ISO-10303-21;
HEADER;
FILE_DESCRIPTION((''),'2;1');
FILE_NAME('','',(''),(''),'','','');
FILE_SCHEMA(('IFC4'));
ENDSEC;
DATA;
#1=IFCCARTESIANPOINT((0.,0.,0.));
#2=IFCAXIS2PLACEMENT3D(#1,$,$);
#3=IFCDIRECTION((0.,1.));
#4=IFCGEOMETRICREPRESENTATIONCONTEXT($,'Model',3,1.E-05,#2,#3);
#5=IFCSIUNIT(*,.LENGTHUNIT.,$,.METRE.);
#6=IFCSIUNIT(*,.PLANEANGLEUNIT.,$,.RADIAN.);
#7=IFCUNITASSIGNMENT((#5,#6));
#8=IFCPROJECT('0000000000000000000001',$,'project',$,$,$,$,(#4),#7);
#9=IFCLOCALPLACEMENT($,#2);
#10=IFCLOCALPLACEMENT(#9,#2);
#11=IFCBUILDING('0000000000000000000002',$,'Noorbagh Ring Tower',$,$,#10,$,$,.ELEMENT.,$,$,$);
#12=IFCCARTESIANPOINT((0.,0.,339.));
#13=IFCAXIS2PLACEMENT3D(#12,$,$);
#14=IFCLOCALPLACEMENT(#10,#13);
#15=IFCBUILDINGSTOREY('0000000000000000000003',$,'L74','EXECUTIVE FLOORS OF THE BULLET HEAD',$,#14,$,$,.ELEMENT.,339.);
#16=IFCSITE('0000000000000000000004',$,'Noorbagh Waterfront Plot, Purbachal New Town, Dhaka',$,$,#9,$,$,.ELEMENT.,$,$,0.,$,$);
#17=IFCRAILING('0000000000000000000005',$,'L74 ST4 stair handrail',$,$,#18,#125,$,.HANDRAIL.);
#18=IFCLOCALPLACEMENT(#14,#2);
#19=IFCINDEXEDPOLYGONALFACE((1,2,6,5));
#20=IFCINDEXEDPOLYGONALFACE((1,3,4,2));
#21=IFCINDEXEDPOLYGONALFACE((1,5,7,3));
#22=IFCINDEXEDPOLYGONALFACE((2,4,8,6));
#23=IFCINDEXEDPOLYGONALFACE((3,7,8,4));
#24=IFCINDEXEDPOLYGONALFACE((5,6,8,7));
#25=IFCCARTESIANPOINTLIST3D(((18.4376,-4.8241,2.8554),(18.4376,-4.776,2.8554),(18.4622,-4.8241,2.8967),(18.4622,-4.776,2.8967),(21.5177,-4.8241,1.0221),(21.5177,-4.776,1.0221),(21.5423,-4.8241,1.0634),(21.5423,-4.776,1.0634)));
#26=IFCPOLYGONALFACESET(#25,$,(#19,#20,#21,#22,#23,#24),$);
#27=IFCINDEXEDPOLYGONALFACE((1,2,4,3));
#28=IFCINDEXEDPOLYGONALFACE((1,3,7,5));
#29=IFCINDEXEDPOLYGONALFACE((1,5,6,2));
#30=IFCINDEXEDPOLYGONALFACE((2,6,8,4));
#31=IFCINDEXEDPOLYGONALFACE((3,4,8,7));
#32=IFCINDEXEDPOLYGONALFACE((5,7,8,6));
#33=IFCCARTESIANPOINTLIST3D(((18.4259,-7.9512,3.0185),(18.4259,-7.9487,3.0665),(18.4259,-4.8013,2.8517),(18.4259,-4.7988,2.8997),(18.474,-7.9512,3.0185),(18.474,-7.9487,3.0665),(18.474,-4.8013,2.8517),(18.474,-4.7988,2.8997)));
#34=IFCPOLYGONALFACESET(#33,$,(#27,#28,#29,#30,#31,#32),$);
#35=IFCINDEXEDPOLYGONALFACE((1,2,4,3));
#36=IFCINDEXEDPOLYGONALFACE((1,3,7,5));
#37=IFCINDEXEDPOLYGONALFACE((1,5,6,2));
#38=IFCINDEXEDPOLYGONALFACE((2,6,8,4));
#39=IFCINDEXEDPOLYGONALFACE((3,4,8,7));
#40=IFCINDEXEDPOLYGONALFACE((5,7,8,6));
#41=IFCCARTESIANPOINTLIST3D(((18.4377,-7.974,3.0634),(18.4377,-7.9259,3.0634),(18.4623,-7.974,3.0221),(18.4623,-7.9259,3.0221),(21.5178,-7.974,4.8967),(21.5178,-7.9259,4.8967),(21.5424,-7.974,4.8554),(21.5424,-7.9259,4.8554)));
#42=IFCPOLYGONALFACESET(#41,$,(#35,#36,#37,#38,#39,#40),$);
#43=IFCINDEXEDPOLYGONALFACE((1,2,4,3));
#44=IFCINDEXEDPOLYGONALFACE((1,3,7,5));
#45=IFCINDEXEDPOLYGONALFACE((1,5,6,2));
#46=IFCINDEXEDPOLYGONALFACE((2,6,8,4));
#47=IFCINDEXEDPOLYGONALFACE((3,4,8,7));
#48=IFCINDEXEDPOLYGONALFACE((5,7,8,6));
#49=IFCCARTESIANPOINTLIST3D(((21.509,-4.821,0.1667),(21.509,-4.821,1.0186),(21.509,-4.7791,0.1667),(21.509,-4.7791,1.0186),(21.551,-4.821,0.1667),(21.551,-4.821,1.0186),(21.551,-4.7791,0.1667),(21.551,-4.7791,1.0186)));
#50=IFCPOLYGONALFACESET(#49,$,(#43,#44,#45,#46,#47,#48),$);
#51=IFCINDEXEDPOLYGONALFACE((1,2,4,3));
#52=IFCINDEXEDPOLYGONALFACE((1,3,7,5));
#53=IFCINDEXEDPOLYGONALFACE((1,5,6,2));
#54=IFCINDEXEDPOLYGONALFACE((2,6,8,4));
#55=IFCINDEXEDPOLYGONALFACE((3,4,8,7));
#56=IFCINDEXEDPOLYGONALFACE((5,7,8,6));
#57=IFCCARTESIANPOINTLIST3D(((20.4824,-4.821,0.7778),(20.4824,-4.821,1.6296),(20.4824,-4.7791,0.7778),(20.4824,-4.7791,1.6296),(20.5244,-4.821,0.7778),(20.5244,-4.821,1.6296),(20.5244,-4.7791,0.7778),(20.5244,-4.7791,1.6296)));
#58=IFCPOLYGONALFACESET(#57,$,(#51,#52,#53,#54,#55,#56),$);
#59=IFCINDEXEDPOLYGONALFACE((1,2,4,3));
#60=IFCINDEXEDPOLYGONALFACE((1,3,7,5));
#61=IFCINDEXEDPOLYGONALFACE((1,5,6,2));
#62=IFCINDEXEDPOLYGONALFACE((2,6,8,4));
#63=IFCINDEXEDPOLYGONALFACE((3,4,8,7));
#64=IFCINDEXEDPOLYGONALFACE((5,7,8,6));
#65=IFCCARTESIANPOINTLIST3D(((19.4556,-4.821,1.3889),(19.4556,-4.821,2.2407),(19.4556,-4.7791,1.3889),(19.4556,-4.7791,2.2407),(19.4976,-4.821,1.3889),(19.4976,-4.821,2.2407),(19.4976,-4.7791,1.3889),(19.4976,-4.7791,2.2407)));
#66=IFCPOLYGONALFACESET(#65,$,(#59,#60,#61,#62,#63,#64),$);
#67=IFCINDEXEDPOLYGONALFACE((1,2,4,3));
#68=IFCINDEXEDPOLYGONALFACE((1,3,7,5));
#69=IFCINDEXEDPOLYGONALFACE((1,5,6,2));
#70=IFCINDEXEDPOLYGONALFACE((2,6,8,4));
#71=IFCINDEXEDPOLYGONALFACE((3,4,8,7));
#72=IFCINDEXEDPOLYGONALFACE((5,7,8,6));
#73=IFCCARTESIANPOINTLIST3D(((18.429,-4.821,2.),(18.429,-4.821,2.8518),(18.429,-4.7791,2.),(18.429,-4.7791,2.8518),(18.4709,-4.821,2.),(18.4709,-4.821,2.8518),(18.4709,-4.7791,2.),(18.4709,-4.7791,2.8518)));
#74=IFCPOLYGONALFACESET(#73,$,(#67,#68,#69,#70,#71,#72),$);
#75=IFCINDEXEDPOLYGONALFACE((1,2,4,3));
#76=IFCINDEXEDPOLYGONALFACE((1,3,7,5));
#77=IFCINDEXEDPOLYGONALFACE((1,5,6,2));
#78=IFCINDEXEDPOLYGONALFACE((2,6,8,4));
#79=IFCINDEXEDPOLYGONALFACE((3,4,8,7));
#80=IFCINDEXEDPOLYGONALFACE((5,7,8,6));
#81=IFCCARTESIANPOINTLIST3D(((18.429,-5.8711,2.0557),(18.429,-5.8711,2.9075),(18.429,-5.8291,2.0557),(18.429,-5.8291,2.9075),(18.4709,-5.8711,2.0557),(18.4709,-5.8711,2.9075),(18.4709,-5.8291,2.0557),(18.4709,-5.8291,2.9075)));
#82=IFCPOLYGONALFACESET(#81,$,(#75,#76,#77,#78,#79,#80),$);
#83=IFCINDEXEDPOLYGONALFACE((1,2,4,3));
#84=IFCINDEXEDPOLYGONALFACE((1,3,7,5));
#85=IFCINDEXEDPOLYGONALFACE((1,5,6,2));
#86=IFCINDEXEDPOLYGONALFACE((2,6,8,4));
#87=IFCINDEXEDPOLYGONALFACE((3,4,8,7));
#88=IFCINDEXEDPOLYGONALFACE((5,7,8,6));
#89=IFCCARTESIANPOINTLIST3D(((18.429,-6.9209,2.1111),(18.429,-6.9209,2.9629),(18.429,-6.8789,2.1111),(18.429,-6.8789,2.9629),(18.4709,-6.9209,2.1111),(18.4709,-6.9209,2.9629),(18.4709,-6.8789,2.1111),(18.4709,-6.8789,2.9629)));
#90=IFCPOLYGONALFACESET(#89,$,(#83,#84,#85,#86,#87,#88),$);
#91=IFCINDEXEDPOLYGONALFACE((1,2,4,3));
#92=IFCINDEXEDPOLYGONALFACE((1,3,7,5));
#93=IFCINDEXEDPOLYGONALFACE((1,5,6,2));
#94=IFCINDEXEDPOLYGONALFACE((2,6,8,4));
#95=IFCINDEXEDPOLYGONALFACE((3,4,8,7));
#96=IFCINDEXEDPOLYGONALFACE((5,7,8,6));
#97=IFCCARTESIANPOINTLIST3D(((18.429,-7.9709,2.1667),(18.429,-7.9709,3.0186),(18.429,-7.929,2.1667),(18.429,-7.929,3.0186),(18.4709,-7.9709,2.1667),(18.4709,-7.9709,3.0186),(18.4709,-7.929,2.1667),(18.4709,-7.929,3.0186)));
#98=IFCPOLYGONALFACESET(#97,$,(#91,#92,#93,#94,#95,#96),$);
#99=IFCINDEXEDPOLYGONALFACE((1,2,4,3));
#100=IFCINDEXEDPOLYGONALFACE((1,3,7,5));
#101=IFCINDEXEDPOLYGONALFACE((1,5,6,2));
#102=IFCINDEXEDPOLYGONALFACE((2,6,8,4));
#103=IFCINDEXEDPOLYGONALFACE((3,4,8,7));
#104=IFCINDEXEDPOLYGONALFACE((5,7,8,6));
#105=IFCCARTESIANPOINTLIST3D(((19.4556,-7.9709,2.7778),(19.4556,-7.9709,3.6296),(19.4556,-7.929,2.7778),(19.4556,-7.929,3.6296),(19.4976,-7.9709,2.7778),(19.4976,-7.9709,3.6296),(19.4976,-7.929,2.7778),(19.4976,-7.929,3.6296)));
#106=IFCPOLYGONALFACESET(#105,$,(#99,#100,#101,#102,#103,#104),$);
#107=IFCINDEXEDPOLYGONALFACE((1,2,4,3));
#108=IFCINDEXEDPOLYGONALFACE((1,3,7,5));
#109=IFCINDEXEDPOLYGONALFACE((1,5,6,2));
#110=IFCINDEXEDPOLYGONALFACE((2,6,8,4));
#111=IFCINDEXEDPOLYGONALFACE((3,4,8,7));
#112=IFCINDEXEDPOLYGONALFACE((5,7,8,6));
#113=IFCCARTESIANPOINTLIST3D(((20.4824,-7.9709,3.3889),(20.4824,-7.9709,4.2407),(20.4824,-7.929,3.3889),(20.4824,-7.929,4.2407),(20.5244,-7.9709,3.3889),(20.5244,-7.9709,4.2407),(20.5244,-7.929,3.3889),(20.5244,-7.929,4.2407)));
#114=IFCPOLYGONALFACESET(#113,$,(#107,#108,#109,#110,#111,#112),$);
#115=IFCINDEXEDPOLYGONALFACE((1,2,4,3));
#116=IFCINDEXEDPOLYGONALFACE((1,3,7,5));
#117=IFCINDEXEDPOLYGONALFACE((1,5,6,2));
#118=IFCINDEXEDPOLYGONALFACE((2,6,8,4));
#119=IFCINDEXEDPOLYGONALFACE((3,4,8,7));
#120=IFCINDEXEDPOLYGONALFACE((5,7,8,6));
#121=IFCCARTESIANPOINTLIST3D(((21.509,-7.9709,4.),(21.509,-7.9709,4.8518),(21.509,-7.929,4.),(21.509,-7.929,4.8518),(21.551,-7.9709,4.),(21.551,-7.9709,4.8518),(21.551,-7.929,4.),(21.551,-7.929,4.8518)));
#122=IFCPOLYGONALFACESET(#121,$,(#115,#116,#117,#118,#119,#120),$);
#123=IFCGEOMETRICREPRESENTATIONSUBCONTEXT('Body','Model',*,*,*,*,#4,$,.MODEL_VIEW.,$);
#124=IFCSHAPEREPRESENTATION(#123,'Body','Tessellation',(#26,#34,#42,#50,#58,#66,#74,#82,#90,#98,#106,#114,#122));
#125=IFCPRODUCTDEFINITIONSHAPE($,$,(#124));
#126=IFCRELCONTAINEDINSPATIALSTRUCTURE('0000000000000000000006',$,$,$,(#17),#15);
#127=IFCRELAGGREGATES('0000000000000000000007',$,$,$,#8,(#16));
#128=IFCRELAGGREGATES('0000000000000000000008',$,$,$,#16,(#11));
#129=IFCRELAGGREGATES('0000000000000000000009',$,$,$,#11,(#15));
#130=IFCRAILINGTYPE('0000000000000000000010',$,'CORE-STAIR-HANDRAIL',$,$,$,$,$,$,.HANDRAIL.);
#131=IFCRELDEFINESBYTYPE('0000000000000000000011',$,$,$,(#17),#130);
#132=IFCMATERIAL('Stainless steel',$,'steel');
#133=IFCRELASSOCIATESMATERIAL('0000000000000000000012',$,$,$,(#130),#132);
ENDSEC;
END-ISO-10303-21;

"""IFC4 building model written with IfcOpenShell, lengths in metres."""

from ifc_helpers import new_model, si_unit, direction, frame, origin, origin_2d, place, context, subcontext, project, spatial, rectangle, extrude, material, type_object, element, save


model = new_model("IFC4")

# Units and contexts
model_context = context("Model", 3, precision=1e-05, world=origin(), true_north=direction((0.0, 1.0)))
body_context = subcontext(model_context, "Body", "Model", "MODEL_VIEW")
ifc_project = project(units=[si_unit("LENGTHUNIT", "METRE"), si_unit("PLANEANGLEUNIT", "RADIAN")], contexts=[model_context])

# Site, building, storey
site_placement = place(None, origin())
site = spatial("IfcSite", under=ifc_project, at=site_placement, Name="Noorbagh Waterfront Plot, Purbachal New Town, Dhaka", CompositionType="ELEMENT", RefElevation=0.0)
building_placement = place(site_placement, origin())
building = spatial("IfcBuilding", under=site, at=building_placement, Name="Noorbagh Ring Tower", CompositionType="ELEMENT")
storey_placement = place(building_placement, frame((0.0, 0.0, 339.0)))
storey = spatial("IfcBuildingStorey", under=building, at=storey_placement, Name="L74", Description="EXECUTIVE FLOORS OF THE BULLET HEAD", CompositionType="ELEMENT", Elevation=339.0)

# Railing
ifc_material_1 = material(Name="Stainless steel", Category="steel")
railing_type_1 = type_object("IfcRailingType", Name="CORE-STAIR-HANDRAIL", PredefinedType="HANDRAIL", material=ifc_material_1)
railing_1_placement = place(storey_placement, frame((21.53, -4.8, 0.1667)))
element("IfcRailing", 1, at=railing_1_placement, inside=storey, type_object=railing_type_1, Name="L74 ST4 stair handrail", PredefinedType="HANDRAIL", context=body_context, shape_type="SweptSolid", body=[
    extrude(rectangle(XDim=0.0481, YDim=0.0481, at=origin_2d()), frame((0.0, 0.0, 0.876), z_axis=(-0.859309, 0.0, 0.511458), x_axis=(0.0, -1.0, 0.0)), (0.0, 0.0, 1.0), 3.5845),
    extrude(rectangle(XDim=0.0481, YDim=0.0481, at=origin_2d()), frame((-3.0801, 0.0, 2.709), z_axis=(0.0, -0.998602, 0.052864), x_axis=(1.0, 0.0, 0.0)), (0.0, 0.0, 1.0), 3.1543),
    extrude(rectangle(XDim=0.0481, YDim=0.0481, at=origin_2d()), frame((-3.0801, -3.1499, 2.876), z_axis=(0.859309, 0.0, 0.511458), x_axis=(0.0, 1.0, 0.0)), (0.0, 0.0, 1.0), 3.5845),
    extrude(rectangle(XDim=0.042, YDim=0.042, at=origin_2d()), origin(), (0.0, 0.0, 1.0), 0.8518),
    extrude(rectangle(XDim=0.042, YDim=0.042, at=origin_2d()), frame((-1.0266, 0.0, 0.6111)), (0.0, 0.0, 1.0), 0.8518),
    extrude(rectangle(XDim=0.042, YDim=0.042, at=origin_2d()), frame((-2.0535, 0.0, 1.2222)), (0.0, 0.0, 1.0), 0.8518),
    extrude(rectangle(XDim=0.042, YDim=0.042, at=origin_2d()), frame((-3.0801, 0.0, 1.8333)), (0.0, 0.0, 1.0), 0.8518),
    extrude(rectangle(XDim=0.042, YDim=0.042, at=origin_2d()), frame((-3.0801, -1.05, 1.8889)), (0.0, 0.0, 1.0), 0.8518),
    extrude(rectangle(XDim=0.042, YDim=0.042, at=origin_2d()), frame((-3.0801, -2.0999, 1.9443)), (0.0, 0.0, 1.0), 0.8518),
    extrude(rectangle(XDim=0.042, YDim=0.042, at=origin_2d()), frame((-3.0801, -3.1499, 2.0)), (0.0, 0.0, 1.0), 0.8518),
    extrude(rectangle(XDim=0.042, YDim=0.042, at=origin_2d()), frame((-2.0535, -3.1499, 2.6111)), (0.0, 0.0, 1.0), 0.8518),
    extrude(rectangle(XDim=0.042, YDim=0.042, at=origin_2d()), frame((-1.0266, -3.1499, 3.2222)), (0.0, 0.0, 1.0), 0.8518),
    extrude(rectangle(XDim=0.042, YDim=0.042, at=origin_2d()), frame((0.0, -3.1499, 3.8333)), (0.0, 0.0, 1.0), 0.8518),
])

save(model, "model.ifc")
